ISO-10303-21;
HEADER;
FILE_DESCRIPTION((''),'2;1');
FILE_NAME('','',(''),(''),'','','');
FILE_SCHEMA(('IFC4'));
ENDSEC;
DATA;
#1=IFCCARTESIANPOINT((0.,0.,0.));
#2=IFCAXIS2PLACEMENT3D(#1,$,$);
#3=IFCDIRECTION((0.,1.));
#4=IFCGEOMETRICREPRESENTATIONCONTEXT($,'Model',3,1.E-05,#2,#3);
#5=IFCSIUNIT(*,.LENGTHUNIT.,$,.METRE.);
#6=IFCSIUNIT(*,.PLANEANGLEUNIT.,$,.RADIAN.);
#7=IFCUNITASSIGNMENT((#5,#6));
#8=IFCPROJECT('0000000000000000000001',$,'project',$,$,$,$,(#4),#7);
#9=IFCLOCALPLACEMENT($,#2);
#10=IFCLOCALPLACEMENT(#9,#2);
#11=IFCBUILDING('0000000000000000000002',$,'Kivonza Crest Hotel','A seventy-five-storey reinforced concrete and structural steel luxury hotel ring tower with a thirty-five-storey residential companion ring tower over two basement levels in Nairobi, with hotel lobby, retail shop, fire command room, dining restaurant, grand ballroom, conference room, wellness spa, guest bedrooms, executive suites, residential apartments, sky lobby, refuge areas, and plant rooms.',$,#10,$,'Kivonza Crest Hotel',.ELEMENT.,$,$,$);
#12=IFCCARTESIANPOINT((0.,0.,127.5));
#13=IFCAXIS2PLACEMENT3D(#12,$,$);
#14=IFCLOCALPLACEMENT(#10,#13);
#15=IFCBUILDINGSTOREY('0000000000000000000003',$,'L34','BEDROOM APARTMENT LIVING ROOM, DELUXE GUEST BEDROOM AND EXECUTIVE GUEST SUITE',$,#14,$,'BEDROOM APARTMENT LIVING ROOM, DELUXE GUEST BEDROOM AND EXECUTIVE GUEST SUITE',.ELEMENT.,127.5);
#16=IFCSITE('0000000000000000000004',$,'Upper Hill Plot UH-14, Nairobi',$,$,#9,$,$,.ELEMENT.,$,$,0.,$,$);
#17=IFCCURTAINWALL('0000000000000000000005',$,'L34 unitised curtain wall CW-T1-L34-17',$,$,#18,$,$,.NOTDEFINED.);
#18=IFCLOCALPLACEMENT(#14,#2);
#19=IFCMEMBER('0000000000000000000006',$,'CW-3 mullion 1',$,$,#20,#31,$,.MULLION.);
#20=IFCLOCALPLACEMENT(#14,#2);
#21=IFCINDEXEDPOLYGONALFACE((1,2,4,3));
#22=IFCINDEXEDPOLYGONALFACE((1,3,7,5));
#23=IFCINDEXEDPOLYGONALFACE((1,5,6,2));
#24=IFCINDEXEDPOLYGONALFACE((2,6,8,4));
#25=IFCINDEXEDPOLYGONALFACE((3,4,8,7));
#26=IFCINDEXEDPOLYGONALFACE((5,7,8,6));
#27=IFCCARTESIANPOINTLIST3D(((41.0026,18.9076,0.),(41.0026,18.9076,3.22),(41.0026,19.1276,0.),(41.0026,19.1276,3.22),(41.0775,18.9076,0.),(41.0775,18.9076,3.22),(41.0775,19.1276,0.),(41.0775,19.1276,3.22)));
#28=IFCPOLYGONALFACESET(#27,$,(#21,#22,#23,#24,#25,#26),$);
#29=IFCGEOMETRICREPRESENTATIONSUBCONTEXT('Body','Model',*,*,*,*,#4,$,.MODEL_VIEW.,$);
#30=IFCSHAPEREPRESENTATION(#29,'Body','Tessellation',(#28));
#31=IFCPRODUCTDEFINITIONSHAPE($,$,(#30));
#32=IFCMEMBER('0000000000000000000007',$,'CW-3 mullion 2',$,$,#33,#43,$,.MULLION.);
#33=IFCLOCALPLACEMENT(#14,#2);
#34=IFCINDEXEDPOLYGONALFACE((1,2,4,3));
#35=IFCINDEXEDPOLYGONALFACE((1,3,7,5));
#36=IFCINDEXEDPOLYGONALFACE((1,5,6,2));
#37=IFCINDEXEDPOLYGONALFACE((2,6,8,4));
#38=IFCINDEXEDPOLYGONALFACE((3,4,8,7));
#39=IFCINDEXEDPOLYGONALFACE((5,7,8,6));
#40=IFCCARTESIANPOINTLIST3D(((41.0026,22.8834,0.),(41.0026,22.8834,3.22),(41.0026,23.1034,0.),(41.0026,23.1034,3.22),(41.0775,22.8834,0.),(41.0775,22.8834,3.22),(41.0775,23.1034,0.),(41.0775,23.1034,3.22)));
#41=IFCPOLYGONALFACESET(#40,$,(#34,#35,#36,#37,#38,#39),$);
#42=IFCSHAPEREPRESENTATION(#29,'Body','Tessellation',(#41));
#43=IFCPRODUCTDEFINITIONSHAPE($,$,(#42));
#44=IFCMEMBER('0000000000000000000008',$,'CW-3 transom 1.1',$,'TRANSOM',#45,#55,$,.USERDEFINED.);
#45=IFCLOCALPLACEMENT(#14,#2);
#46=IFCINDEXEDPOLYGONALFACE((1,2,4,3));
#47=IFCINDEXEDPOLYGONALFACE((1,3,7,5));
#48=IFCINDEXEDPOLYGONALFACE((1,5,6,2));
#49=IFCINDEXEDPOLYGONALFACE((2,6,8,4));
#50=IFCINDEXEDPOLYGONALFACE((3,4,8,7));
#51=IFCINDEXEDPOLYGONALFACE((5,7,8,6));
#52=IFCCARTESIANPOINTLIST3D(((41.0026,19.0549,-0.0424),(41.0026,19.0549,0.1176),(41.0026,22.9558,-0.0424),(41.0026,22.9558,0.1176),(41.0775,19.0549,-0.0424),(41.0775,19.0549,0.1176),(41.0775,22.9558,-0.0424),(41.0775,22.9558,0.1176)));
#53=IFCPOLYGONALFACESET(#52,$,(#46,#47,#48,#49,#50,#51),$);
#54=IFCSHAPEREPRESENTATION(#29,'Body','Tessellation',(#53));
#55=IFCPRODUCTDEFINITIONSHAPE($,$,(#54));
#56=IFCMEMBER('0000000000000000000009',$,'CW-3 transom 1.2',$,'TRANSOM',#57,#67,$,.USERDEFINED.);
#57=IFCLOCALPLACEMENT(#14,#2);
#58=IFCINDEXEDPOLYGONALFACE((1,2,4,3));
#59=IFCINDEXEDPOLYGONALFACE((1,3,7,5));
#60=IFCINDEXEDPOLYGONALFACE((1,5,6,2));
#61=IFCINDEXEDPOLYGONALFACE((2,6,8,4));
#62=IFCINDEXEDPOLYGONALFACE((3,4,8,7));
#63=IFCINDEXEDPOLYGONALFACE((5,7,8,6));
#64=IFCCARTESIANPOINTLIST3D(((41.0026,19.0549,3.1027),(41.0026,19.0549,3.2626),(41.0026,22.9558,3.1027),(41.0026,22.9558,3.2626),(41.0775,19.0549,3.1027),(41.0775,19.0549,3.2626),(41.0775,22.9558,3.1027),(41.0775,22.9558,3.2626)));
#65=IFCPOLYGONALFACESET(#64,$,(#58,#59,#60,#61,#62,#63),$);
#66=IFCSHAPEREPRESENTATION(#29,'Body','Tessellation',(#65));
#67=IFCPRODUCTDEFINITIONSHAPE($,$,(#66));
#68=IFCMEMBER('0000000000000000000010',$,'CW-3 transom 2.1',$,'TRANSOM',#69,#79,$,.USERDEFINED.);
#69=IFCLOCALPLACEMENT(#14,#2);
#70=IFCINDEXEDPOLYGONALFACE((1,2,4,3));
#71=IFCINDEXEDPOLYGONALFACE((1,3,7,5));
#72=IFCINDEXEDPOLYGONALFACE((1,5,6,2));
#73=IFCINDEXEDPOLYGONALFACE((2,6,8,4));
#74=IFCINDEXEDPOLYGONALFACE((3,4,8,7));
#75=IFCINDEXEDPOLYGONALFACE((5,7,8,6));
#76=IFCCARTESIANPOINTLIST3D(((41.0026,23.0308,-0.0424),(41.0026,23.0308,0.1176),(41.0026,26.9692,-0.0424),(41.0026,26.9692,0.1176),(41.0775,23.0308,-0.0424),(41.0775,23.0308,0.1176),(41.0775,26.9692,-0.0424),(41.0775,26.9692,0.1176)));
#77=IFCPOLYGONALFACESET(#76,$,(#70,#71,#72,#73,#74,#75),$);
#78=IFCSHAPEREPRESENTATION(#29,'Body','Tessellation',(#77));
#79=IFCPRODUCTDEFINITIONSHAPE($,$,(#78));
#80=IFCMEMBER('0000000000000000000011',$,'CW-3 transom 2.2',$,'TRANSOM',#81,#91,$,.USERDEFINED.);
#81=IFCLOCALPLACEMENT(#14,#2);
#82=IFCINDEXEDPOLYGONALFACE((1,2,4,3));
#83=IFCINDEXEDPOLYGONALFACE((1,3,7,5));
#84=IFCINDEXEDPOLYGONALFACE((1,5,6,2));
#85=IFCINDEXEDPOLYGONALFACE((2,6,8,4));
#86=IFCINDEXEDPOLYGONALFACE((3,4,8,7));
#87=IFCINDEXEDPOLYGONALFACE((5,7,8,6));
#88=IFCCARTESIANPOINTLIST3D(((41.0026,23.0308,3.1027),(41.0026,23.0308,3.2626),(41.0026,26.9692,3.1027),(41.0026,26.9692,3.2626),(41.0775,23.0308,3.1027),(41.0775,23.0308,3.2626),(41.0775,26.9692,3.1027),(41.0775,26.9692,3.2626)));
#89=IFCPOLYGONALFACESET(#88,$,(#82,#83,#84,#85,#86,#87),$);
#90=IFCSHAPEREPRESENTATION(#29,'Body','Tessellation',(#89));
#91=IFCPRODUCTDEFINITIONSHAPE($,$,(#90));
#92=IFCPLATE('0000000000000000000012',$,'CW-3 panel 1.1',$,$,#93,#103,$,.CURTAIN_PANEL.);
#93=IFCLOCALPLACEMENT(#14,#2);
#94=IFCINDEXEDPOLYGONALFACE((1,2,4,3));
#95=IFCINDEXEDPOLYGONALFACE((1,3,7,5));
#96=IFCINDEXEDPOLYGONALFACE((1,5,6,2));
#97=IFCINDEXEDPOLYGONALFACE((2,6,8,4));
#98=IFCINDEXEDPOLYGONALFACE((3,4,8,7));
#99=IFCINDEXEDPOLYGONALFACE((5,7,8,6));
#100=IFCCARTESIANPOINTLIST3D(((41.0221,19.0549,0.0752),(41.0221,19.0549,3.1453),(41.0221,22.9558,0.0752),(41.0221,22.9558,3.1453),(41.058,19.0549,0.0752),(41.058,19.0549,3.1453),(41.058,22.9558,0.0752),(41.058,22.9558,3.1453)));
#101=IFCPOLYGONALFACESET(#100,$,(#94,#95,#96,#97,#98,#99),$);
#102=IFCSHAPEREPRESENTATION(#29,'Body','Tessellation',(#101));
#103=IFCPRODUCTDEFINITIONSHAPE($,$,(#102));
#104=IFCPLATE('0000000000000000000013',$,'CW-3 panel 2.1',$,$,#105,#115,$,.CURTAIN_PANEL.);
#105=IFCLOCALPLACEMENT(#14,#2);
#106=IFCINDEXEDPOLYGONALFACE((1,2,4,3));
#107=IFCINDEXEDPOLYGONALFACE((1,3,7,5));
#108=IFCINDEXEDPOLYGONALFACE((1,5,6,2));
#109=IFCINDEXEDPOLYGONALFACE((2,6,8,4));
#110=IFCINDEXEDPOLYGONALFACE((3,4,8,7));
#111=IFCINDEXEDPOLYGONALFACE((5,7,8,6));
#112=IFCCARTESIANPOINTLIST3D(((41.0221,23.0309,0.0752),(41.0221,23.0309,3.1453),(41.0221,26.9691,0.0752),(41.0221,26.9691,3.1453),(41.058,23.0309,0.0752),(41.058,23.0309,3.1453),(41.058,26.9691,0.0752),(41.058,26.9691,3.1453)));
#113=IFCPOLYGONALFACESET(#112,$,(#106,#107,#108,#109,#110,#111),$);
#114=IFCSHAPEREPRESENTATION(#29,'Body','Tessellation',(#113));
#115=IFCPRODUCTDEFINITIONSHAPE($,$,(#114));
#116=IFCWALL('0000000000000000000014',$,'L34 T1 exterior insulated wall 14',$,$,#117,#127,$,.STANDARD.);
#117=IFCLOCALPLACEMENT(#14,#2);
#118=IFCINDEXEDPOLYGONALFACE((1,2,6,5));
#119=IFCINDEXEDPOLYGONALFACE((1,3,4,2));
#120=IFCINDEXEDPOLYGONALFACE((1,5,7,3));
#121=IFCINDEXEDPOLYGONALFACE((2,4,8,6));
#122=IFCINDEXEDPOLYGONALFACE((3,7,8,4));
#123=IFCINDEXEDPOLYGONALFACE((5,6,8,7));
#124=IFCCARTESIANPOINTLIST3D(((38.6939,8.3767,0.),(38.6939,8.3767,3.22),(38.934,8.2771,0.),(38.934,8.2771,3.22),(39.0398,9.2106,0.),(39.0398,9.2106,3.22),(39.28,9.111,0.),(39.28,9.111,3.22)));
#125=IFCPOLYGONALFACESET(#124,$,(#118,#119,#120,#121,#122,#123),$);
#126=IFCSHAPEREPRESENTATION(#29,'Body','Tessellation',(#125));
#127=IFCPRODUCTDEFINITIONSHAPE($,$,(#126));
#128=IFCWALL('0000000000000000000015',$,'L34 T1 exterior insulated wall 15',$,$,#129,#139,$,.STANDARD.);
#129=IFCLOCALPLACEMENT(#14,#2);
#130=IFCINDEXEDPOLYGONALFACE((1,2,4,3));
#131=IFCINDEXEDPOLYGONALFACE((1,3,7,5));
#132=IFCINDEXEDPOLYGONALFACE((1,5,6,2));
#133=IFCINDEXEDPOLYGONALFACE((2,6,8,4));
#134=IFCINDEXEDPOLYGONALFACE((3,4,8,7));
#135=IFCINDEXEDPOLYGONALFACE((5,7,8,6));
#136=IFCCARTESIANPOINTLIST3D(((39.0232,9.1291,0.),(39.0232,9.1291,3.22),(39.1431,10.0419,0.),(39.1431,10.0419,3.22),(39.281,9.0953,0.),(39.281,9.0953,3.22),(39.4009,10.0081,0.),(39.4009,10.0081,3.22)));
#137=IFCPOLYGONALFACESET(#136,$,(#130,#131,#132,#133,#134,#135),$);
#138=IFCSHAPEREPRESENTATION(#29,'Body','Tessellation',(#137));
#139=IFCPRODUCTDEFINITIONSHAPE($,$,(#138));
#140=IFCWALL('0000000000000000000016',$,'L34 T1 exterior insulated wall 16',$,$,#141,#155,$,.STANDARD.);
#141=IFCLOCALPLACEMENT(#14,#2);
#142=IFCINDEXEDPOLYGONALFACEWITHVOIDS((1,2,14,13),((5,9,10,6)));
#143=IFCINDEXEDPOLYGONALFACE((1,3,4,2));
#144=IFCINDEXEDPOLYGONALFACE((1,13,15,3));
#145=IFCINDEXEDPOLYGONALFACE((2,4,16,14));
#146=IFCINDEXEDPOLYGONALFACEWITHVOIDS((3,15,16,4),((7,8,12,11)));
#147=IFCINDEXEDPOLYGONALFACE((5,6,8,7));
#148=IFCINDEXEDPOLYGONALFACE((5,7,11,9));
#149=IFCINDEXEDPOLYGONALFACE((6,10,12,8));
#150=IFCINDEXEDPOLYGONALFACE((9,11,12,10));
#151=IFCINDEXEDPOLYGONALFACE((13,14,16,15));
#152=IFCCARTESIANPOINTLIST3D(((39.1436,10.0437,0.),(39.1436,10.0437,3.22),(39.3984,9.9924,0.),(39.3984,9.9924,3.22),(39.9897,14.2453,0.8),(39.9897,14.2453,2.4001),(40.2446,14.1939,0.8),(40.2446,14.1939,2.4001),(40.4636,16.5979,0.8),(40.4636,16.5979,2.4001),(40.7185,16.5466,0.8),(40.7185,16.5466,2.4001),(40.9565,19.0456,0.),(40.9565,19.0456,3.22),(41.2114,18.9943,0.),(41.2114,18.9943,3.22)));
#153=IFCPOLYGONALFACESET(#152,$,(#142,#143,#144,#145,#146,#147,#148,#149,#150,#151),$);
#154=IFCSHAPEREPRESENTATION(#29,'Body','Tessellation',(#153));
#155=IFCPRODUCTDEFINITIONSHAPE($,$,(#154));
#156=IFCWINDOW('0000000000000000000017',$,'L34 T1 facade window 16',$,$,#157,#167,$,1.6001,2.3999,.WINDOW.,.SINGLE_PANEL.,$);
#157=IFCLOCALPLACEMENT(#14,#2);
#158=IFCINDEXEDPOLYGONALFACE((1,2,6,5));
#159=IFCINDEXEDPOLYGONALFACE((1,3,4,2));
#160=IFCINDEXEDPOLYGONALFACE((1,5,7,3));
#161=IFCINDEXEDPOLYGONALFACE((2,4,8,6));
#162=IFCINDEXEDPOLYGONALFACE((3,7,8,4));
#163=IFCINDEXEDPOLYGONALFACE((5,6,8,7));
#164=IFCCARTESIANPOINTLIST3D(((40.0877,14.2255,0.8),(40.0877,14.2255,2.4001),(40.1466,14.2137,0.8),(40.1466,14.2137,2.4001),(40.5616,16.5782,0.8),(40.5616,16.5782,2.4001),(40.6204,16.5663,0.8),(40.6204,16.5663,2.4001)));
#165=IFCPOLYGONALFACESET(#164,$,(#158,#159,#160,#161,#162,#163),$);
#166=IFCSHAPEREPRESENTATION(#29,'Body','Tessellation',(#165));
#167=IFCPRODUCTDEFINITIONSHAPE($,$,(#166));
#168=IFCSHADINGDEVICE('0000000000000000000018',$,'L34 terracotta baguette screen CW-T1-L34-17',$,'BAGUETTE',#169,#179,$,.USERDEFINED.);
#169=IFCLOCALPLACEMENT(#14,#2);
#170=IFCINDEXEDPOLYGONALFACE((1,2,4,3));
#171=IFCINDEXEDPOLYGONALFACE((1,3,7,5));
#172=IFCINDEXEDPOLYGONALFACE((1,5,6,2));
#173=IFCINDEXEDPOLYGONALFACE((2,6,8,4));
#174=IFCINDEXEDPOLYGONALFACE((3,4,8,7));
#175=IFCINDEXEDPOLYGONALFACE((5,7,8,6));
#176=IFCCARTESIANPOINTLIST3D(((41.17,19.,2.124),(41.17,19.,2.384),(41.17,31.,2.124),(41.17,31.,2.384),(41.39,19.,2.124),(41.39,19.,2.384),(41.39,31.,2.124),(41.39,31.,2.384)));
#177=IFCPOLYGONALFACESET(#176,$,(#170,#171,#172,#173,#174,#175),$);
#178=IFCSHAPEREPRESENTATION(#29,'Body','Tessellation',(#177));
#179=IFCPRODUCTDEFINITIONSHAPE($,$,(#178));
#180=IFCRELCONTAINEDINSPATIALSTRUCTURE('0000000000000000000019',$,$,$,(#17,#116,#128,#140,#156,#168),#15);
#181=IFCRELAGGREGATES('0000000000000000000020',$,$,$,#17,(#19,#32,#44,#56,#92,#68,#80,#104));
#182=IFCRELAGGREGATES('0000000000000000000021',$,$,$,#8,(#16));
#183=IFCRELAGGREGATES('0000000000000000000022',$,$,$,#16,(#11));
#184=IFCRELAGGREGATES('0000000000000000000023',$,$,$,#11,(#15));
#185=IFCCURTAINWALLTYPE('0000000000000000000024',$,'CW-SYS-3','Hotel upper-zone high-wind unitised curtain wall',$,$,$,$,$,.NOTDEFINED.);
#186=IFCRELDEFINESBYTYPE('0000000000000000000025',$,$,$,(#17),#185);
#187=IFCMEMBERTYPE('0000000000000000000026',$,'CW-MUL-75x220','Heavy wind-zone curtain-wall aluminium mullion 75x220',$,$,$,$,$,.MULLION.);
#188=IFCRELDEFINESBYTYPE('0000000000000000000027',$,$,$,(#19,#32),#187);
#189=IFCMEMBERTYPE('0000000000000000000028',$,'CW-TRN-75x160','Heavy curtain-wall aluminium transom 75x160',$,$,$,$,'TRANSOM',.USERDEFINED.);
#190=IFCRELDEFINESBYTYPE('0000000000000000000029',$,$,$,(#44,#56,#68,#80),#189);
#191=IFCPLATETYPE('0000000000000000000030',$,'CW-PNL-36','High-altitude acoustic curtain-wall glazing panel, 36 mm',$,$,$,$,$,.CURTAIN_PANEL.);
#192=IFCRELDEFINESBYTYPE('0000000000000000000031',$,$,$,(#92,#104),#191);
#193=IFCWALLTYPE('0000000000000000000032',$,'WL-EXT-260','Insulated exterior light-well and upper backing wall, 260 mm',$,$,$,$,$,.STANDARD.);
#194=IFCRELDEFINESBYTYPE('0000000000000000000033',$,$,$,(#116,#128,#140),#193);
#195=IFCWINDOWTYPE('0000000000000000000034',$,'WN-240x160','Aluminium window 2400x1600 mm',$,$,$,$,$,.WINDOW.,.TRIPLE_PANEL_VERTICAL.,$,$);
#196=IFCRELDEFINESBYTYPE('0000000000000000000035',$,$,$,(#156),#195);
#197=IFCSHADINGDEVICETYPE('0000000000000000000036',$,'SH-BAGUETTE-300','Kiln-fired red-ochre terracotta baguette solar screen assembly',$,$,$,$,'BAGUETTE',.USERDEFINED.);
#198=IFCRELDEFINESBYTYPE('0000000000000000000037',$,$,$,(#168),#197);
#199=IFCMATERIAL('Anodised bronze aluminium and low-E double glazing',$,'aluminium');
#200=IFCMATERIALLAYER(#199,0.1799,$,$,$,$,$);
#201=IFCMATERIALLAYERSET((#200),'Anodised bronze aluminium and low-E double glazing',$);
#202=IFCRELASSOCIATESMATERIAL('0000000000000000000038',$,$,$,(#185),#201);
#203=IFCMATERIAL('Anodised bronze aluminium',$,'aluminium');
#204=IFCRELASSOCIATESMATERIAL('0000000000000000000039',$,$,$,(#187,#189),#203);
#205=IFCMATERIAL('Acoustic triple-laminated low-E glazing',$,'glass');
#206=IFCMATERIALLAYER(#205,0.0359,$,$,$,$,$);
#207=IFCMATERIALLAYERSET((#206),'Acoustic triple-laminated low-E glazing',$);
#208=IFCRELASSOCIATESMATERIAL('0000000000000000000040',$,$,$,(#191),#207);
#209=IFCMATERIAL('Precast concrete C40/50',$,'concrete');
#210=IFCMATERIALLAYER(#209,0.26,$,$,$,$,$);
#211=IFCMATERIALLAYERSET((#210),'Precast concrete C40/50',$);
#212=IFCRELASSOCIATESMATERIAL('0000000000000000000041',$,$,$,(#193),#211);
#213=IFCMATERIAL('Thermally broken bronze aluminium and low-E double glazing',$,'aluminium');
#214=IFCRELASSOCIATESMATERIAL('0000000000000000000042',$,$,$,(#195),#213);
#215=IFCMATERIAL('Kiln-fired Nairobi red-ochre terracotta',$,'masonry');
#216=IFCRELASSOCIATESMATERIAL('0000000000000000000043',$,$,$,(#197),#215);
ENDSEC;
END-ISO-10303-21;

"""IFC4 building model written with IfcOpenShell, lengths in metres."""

from ifc_helpers import new_model, si_unit, direction, frame, frame_2d, origin, origin_2d, place, context, subcontext, project, spatial, rectangle, extrude, material, layer, layer_set, material_profile, profile_set, type_object, element, fill, aggregate, save


model = new_model("IFC4")

# Units and contexts
model_context = context("Model", 3, precision=1e-05, world=origin(), true_north=direction((0.0, 1.0)))
body_context = subcontext(model_context, "Body", "Model", "MODEL_VIEW")
ifc_project = project(units=[si_unit("LENGTHUNIT", "METRE"), si_unit("PLANEANGLEUNIT", "RADIAN")], contexts=[model_context])

# Site, building, storey
site_placement = place(None, origin())
site = spatial("IfcSite", under=ifc_project, at=site_placement, Name="Upper Hill Plot UH-14, Nairobi", CompositionType="ELEMENT", RefElevation=0.0)
building_placement = place(site_placement, origin())
building = spatial("IfcBuilding", under=site, at=building_placement, Name="Kivonza Crest Hotel", Description="A seventy-five-storey reinforced concrete and structural steel luxury hotel ring tower with a thirty-five-storey residential companion ring tower over two basement levels in Nairobi, with hotel lobby, retail shop, fire command room, dining restaurant, grand ballroom, conference room, wellness spa, guest bedrooms, executive suites, residential apartments, sky lobby, refuge areas, and plant rooms.", LongName="Kivonza Crest Hotel", CompositionType="ELEMENT")
storey_placement = place(building_placement, frame((0.0, 0.0, 127.5)))
storey = spatial("IfcBuildingStorey", under=building, at=storey_placement, Name="L34", Description="BEDROOM APARTMENT LIVING ROOM, DELUXE GUEST BEDROOM AND EXECUTIVE GUEST SUITE", LongName="BEDROOM APARTMENT LIVING ROOM, DELUXE GUEST BEDROOM AND EXECUTIVE GUEST SUITE", CompositionType="ELEMENT", Elevation=127.5)

# Curtain wall, members, plates
ifc_material_1 = material(Name="Anodised bronze aluminium and low-E double glazing", Category="aluminium")
ifc_layer_1 = layer(ifc_material_1, 0.1799)
ifc_layer_set_1 = layer_set([ifc_layer_1], Name="Anodised bronze aluminium and low-E double glazing")
curtain_wall_type = type_object("IfcCurtainWallType", Name="CW-SYS-3", Description="Hotel upper-zone high-wind unitised curtain wall", PredefinedType="NOTDEFINED", material=ifc_layer_set_1)
curtain_wall_placement = place(storey_placement, origin())
curtain_wall = element("IfcCurtainWall", 1, at=curtain_wall_placement, inside=storey, type_object=curtain_wall_type, Name="L34 unitised curtain wall CW-T1-L34-17", PredefinedType="NOTDEFINED")
ifc_material_2 = material(Name="Anodised bronze aluminium", Category="aluminium")
ifc_material_profile_1 = material_profile(ifc_material_2, rectangle(XDim=0.075, YDim=0.22, at=origin_2d()), Name="CW-M 75x220")
ifc_profile_set_1 = profile_set([ifc_material_profile_1], Name="Anodised bronze aluminium")
member_type_1 = type_object("IfcMemberType", Name="CW-MUL-75x220", Description="Heavy wind-zone curtain-wall aluminium mullion 75x220", PredefinedType="MULLION", material=ifc_profile_set_1)
member_1_placement = place(storey_placement, frame((41.04, 19.0176, 0.0), z_axis=(0.0, 0.0, 1.0), x_axis=(-1.0, 0.0, 0.0)))
member_1 = element("IfcMember", 2, at=member_1_placement, type_object=member_type_1, Name="CW-3 mullion 1", PredefinedType="MULLION", context=body_context, shape_type="SweptSolid", body=[
    extrude(rectangle(XDim=0.075, YDim=0.22, at=origin_2d()), origin(), (0.0, 0.0, 1.0), 3.22),
])
member_2_placement = place(storey_placement, frame((41.04, 22.9934, 0.0), z_axis=(0.0, 0.0, 1.0), x_axis=(-1.0, 0.0, 0.0)))
member_2 = element("IfcMember", 3, at=member_2_placement, type_object=member_type_1, Name="CW-3 mullion 2", PredefinedType="MULLION", context=body_context, shape_type="SweptSolid", body=[
    extrude(rectangle(XDim=0.075, YDim=0.22, at=origin_2d()), origin(), (0.0, 0.0, 1.0), 3.22),
])
ifc_material_profile_2 = material_profile(ifc_material_2, rectangle(XDim=0.075, YDim=0.1599, at=origin_2d()), Name="CW-T 75x160")
ifc_profile_set_2 = profile_set([ifc_material_profile_2], Name="Anodised bronze aluminium")
member_type_2 = type_object("IfcMemberType", Name="CW-TRN-75x160", Description="Heavy curtain-wall aluminium transom 75x160", ElementType="TRANSOM", PredefinedType="USERDEFINED", material=ifc_profile_set_2)
member_3_placement = place(storey_placement, frame((41.04, 19.0549, 0.0376), z_axis=(0.0, 1.0, 0.0), x_axis=(-1.0, 0.0, 0.0)))
member_3 = element("IfcMember", 4, at=member_3_placement, type_object=member_type_2, Name="CW-3 transom 1.1", ObjectType="TRANSOM", PredefinedType="USERDEFINED", context=body_context, shape_type="SweptSolid", body=[
    extrude(rectangle(XDim=0.075, YDim=0.1599, at=origin_2d()), origin(), (0.0, 0.0, 1.0), 3.9009),
])
member_4_placement = place(storey_placement, frame((41.04, 19.0549, 3.1826), z_axis=(0.0, 1.0, 0.0), x_axis=(-1.0, 0.0, 0.0)))
member_4 = element("IfcMember", 5, at=member_4_placement, type_object=member_type_2, Name="CW-3 transom 1.2", ObjectType="TRANSOM", PredefinedType="USERDEFINED", context=body_context, shape_type="SweptSolid", body=[
    extrude(rectangle(XDim=0.075, YDim=0.1599, at=origin_2d()), origin(), (0.0, 0.0, 1.0), 3.9009),
])
member_5_placement = place(storey_placement, frame((41.04, 23.0308, 0.0376), z_axis=(0.0, 1.0, 0.0), x_axis=(-1.0, 0.0, 0.0)))
member_5 = element("IfcMember", 6, at=member_5_placement, type_object=member_type_2, Name="CW-3 transom 2.1", ObjectType="TRANSOM", PredefinedType="USERDEFINED", context=body_context, shape_type="SweptSolid", body=[
    extrude(rectangle(XDim=0.075, YDim=0.1599, at=origin_2d()), origin(), (0.0, 0.0, 1.0), 3.9385),
])
member_6_placement = place(storey_placement, frame((41.04, 23.0308, 3.1826), z_axis=(0.0, 1.0, 0.0), x_axis=(-1.0, 0.0, 0.0)))
member_6 = element("IfcMember", 7, at=member_6_placement, type_object=member_type_2, Name="CW-3 transom 2.2", ObjectType="TRANSOM", PredefinedType="USERDEFINED", context=body_context, shape_type="SweptSolid", body=[
    extrude(rectangle(XDim=0.075, YDim=0.1599, at=origin_2d()), origin(), (0.0, 0.0, 1.0), 3.9385),
])
ifc_material_3 = material(Name="Acoustic triple-laminated low-E glazing", Category="glass")
ifc_layer_2 = layer(ifc_material_3, 0.0359)
ifc_layer_set_2 = layer_set([ifc_layer_2], Name="Acoustic triple-laminated low-E glazing")
plate_type = type_object("IfcPlateType", Name="CW-PNL-36", Description="High-altitude acoustic curtain-wall glazing panel, 36 mm", PredefinedType="CURTAIN_PANEL", material=ifc_layer_set_2)
plate_1_placement = place(storey_placement, frame((41.04, 21.0054, 0.0752), z_axis=(0.0, 0.0, 1.0), x_axis=(0.0, 1.0, 0.0)))
plate_1 = element("IfcPlate", 8, at=plate_1_placement, type_object=plate_type, Name="CW-3 panel 1.1", PredefinedType="CURTAIN_PANEL", context=body_context, shape_type="SweptSolid", body=[
    extrude(rectangle(XDim=3.9009, YDim=0.0359, at=origin_2d()), origin(), (0.0, 0.0, 1.0), 3.0701),
])
plate_2_placement = place(storey_placement, frame((41.04, 25.0, 0.0752), z_axis=(0.0, 0.0, 1.0), x_axis=(0.0, 1.0, 0.0)))
plate_2 = element("IfcPlate", 9, at=plate_2_placement, type_object=plate_type, Name="CW-3 panel 2.1", PredefinedType="CURTAIN_PANEL", context=body_context, shape_type="SweptSolid", body=[
    extrude(rectangle(XDim=3.9382, YDim=0.0359, at=origin_2d()), origin(), (0.0, 0.0, 1.0), 3.0701),
])
aggregate(curtain_wall, [member_1, member_2, member_3, member_4, plate_1, member_5, member_6, plate_2])

# Walls
ifc_material_4 = material(Name="Precast concrete C40/50", Category="concrete")
ifc_layer_3 = layer(ifc_material_4, 0.26)
ifc_layer_set_3 = layer_set([ifc_layer_3], Name="Precast concrete C40/50")
wall_type = type_object("IfcWallType", Name="WL-EXT-260", Description="Insulated exterior light-well and upper backing wall, 260 mm", PredefinedType="STANDARD", material=ifc_layer_set_3)
wall_1_placement = place(storey_placement, frame((38.814, 8.3269, 0.0), z_axis=(0.0, 0.0, 1.0), x_axis=(0.383156, 0.923684, 0.0)))
element("IfcWall", 10, at=wall_1_placement, inside=storey, type_object=wall_type, Name="L34 T1 exterior insulated wall 14", PredefinedType="STANDARD", context=body_context, shape_type="SweptSolid", body=[
    extrude(rectangle(XDim=0.9028, YDim=0.26, at=frame_2d((0.4514, 0.0))), origin(), (0.0, 0.0, 1.0), 3.22),
])
wall_2_placement = place(storey_placement, frame((39.1521, 9.1121, 0.0), z_axis=(0.0, 0.0, 1.0), x_axis=(0.130201, 0.991488, 0.0)))
element("IfcWall", 11, at=wall_2_placement, inside=storey, type_object=wall_type, Name="L34 T1 exterior insulated wall 15", PredefinedType="STANDARD", context=body_context, shape_type="SweptSolid", body=[
    extrude(rectangle(XDim=0.9207, YDim=0.26, at=frame_2d((0.4604, 0.0))), origin(), (0.0, 0.0, 1.0), 3.22),
])

# Wall, opening, window
wall_3_placement = place(storey_placement, frame((39.271, 10.0181, 0.0), z_axis=(0.0, 0.0, 1.0), x_axis=(0.197435, 0.980316, 0.0)))
wall_3 = element("IfcWall", 12, at=wall_3_placement, inside=storey, type_object=wall_type, Name="L34 T1 exterior insulated wall 16", PredefinedType="STANDARD", context=body_context, shape_type="SweptSolid", body=[
    extrude(rectangle(XDim=9.1826, YDim=0.26, at=frame_2d((4.5913, 0.0))), origin(), (0.0, 0.0, 1.0), 3.22),
])
opening_placement = place(wall_3_placement, frame((4.2859, 0.0, 0.8)))
opening = element("IfcOpeningElement", 13, at=opening_placement, cuts=wall_3, PredefinedType="OPENING", context=body_context, shape_type="SweptSolid", body=[
    extrude(rectangle(XDim=2.3999, YDim=1.6001, at=frame_2d((1.2, 0.8))), frame((0.0, 0.1401, 0.0), z_axis=(0.0, -1.0, 0.0), x_axis=(1.0, 0.0, 0.0)), (0.0, 0.0, 1.0), 0.28),
])
ifc_material_5 = material(Name="Thermally broken bronze aluminium and low-E double glazing", Category="aluminium")
window_type = type_object("IfcWindowType", Name="WN-240x160", Description="Aluminium window 2400x1600 mm", PartitioningType="TRIPLE_PANEL_VERTICAL", PredefinedType="WINDOW", material=ifc_material_5)
window_placement = place(opening_placement, origin())
window = element("IfcWindow", 14, at=window_placement, inside=storey, type_object=window_type, Name="L34 T1 facade window 16", OverallHeight=1.6001, OverallWidth=2.3999, PartitioningType="SINGLE_PANEL", PredefinedType="WINDOW", context=body_context, shape_type="SweptSolid", body=[
    extrude(rectangle(XDim=2.3999, YDim=1.6001, at=frame_2d((1.2, 0.8))), frame((0.0, 0.03, 0.0), z_axis=(0.0, -1.0, 0.0), x_axis=(1.0, 0.0, 0.0)), (0.0, 0.0, 1.0), 0.0601),
])
fill(opening, window)

# Shading device
ifc_material_6 = material(Name="Kiln-fired Nairobi red-ochre terracotta", Category="masonry")
shading_device_type_1 = type_object("IfcShadingDeviceType", Name="SH-BAGUETTE-300", Description="Kiln-fired red-ochre terracotta baguette solar screen assembly", ElementType="BAGUETTE", PredefinedType="USERDEFINED", material=ifc_material_6)
shading_device_1_placement = place(storey_placement, frame((41.28, 25.0, 2.124), z_axis=(0.0, 0.0, 1.0), x_axis=(0.0, 1.0, 0.0)))
element("IfcShadingDevice", 15, at=shading_device_1_placement, inside=storey, type_object=shading_device_type_1, Name="L34 terracotta baguette screen CW-T1-L34-17", ObjectType="BAGUETTE", PredefinedType="USERDEFINED", context=body_context, shape_type="SweptSolid", body=[
    extrude(rectangle(XDim=12.0, YDim=0.22, at=origin_2d()), origin(), (0.0, 0.0, 1.0), 0.26),
])

save(model, "model.ifc")
